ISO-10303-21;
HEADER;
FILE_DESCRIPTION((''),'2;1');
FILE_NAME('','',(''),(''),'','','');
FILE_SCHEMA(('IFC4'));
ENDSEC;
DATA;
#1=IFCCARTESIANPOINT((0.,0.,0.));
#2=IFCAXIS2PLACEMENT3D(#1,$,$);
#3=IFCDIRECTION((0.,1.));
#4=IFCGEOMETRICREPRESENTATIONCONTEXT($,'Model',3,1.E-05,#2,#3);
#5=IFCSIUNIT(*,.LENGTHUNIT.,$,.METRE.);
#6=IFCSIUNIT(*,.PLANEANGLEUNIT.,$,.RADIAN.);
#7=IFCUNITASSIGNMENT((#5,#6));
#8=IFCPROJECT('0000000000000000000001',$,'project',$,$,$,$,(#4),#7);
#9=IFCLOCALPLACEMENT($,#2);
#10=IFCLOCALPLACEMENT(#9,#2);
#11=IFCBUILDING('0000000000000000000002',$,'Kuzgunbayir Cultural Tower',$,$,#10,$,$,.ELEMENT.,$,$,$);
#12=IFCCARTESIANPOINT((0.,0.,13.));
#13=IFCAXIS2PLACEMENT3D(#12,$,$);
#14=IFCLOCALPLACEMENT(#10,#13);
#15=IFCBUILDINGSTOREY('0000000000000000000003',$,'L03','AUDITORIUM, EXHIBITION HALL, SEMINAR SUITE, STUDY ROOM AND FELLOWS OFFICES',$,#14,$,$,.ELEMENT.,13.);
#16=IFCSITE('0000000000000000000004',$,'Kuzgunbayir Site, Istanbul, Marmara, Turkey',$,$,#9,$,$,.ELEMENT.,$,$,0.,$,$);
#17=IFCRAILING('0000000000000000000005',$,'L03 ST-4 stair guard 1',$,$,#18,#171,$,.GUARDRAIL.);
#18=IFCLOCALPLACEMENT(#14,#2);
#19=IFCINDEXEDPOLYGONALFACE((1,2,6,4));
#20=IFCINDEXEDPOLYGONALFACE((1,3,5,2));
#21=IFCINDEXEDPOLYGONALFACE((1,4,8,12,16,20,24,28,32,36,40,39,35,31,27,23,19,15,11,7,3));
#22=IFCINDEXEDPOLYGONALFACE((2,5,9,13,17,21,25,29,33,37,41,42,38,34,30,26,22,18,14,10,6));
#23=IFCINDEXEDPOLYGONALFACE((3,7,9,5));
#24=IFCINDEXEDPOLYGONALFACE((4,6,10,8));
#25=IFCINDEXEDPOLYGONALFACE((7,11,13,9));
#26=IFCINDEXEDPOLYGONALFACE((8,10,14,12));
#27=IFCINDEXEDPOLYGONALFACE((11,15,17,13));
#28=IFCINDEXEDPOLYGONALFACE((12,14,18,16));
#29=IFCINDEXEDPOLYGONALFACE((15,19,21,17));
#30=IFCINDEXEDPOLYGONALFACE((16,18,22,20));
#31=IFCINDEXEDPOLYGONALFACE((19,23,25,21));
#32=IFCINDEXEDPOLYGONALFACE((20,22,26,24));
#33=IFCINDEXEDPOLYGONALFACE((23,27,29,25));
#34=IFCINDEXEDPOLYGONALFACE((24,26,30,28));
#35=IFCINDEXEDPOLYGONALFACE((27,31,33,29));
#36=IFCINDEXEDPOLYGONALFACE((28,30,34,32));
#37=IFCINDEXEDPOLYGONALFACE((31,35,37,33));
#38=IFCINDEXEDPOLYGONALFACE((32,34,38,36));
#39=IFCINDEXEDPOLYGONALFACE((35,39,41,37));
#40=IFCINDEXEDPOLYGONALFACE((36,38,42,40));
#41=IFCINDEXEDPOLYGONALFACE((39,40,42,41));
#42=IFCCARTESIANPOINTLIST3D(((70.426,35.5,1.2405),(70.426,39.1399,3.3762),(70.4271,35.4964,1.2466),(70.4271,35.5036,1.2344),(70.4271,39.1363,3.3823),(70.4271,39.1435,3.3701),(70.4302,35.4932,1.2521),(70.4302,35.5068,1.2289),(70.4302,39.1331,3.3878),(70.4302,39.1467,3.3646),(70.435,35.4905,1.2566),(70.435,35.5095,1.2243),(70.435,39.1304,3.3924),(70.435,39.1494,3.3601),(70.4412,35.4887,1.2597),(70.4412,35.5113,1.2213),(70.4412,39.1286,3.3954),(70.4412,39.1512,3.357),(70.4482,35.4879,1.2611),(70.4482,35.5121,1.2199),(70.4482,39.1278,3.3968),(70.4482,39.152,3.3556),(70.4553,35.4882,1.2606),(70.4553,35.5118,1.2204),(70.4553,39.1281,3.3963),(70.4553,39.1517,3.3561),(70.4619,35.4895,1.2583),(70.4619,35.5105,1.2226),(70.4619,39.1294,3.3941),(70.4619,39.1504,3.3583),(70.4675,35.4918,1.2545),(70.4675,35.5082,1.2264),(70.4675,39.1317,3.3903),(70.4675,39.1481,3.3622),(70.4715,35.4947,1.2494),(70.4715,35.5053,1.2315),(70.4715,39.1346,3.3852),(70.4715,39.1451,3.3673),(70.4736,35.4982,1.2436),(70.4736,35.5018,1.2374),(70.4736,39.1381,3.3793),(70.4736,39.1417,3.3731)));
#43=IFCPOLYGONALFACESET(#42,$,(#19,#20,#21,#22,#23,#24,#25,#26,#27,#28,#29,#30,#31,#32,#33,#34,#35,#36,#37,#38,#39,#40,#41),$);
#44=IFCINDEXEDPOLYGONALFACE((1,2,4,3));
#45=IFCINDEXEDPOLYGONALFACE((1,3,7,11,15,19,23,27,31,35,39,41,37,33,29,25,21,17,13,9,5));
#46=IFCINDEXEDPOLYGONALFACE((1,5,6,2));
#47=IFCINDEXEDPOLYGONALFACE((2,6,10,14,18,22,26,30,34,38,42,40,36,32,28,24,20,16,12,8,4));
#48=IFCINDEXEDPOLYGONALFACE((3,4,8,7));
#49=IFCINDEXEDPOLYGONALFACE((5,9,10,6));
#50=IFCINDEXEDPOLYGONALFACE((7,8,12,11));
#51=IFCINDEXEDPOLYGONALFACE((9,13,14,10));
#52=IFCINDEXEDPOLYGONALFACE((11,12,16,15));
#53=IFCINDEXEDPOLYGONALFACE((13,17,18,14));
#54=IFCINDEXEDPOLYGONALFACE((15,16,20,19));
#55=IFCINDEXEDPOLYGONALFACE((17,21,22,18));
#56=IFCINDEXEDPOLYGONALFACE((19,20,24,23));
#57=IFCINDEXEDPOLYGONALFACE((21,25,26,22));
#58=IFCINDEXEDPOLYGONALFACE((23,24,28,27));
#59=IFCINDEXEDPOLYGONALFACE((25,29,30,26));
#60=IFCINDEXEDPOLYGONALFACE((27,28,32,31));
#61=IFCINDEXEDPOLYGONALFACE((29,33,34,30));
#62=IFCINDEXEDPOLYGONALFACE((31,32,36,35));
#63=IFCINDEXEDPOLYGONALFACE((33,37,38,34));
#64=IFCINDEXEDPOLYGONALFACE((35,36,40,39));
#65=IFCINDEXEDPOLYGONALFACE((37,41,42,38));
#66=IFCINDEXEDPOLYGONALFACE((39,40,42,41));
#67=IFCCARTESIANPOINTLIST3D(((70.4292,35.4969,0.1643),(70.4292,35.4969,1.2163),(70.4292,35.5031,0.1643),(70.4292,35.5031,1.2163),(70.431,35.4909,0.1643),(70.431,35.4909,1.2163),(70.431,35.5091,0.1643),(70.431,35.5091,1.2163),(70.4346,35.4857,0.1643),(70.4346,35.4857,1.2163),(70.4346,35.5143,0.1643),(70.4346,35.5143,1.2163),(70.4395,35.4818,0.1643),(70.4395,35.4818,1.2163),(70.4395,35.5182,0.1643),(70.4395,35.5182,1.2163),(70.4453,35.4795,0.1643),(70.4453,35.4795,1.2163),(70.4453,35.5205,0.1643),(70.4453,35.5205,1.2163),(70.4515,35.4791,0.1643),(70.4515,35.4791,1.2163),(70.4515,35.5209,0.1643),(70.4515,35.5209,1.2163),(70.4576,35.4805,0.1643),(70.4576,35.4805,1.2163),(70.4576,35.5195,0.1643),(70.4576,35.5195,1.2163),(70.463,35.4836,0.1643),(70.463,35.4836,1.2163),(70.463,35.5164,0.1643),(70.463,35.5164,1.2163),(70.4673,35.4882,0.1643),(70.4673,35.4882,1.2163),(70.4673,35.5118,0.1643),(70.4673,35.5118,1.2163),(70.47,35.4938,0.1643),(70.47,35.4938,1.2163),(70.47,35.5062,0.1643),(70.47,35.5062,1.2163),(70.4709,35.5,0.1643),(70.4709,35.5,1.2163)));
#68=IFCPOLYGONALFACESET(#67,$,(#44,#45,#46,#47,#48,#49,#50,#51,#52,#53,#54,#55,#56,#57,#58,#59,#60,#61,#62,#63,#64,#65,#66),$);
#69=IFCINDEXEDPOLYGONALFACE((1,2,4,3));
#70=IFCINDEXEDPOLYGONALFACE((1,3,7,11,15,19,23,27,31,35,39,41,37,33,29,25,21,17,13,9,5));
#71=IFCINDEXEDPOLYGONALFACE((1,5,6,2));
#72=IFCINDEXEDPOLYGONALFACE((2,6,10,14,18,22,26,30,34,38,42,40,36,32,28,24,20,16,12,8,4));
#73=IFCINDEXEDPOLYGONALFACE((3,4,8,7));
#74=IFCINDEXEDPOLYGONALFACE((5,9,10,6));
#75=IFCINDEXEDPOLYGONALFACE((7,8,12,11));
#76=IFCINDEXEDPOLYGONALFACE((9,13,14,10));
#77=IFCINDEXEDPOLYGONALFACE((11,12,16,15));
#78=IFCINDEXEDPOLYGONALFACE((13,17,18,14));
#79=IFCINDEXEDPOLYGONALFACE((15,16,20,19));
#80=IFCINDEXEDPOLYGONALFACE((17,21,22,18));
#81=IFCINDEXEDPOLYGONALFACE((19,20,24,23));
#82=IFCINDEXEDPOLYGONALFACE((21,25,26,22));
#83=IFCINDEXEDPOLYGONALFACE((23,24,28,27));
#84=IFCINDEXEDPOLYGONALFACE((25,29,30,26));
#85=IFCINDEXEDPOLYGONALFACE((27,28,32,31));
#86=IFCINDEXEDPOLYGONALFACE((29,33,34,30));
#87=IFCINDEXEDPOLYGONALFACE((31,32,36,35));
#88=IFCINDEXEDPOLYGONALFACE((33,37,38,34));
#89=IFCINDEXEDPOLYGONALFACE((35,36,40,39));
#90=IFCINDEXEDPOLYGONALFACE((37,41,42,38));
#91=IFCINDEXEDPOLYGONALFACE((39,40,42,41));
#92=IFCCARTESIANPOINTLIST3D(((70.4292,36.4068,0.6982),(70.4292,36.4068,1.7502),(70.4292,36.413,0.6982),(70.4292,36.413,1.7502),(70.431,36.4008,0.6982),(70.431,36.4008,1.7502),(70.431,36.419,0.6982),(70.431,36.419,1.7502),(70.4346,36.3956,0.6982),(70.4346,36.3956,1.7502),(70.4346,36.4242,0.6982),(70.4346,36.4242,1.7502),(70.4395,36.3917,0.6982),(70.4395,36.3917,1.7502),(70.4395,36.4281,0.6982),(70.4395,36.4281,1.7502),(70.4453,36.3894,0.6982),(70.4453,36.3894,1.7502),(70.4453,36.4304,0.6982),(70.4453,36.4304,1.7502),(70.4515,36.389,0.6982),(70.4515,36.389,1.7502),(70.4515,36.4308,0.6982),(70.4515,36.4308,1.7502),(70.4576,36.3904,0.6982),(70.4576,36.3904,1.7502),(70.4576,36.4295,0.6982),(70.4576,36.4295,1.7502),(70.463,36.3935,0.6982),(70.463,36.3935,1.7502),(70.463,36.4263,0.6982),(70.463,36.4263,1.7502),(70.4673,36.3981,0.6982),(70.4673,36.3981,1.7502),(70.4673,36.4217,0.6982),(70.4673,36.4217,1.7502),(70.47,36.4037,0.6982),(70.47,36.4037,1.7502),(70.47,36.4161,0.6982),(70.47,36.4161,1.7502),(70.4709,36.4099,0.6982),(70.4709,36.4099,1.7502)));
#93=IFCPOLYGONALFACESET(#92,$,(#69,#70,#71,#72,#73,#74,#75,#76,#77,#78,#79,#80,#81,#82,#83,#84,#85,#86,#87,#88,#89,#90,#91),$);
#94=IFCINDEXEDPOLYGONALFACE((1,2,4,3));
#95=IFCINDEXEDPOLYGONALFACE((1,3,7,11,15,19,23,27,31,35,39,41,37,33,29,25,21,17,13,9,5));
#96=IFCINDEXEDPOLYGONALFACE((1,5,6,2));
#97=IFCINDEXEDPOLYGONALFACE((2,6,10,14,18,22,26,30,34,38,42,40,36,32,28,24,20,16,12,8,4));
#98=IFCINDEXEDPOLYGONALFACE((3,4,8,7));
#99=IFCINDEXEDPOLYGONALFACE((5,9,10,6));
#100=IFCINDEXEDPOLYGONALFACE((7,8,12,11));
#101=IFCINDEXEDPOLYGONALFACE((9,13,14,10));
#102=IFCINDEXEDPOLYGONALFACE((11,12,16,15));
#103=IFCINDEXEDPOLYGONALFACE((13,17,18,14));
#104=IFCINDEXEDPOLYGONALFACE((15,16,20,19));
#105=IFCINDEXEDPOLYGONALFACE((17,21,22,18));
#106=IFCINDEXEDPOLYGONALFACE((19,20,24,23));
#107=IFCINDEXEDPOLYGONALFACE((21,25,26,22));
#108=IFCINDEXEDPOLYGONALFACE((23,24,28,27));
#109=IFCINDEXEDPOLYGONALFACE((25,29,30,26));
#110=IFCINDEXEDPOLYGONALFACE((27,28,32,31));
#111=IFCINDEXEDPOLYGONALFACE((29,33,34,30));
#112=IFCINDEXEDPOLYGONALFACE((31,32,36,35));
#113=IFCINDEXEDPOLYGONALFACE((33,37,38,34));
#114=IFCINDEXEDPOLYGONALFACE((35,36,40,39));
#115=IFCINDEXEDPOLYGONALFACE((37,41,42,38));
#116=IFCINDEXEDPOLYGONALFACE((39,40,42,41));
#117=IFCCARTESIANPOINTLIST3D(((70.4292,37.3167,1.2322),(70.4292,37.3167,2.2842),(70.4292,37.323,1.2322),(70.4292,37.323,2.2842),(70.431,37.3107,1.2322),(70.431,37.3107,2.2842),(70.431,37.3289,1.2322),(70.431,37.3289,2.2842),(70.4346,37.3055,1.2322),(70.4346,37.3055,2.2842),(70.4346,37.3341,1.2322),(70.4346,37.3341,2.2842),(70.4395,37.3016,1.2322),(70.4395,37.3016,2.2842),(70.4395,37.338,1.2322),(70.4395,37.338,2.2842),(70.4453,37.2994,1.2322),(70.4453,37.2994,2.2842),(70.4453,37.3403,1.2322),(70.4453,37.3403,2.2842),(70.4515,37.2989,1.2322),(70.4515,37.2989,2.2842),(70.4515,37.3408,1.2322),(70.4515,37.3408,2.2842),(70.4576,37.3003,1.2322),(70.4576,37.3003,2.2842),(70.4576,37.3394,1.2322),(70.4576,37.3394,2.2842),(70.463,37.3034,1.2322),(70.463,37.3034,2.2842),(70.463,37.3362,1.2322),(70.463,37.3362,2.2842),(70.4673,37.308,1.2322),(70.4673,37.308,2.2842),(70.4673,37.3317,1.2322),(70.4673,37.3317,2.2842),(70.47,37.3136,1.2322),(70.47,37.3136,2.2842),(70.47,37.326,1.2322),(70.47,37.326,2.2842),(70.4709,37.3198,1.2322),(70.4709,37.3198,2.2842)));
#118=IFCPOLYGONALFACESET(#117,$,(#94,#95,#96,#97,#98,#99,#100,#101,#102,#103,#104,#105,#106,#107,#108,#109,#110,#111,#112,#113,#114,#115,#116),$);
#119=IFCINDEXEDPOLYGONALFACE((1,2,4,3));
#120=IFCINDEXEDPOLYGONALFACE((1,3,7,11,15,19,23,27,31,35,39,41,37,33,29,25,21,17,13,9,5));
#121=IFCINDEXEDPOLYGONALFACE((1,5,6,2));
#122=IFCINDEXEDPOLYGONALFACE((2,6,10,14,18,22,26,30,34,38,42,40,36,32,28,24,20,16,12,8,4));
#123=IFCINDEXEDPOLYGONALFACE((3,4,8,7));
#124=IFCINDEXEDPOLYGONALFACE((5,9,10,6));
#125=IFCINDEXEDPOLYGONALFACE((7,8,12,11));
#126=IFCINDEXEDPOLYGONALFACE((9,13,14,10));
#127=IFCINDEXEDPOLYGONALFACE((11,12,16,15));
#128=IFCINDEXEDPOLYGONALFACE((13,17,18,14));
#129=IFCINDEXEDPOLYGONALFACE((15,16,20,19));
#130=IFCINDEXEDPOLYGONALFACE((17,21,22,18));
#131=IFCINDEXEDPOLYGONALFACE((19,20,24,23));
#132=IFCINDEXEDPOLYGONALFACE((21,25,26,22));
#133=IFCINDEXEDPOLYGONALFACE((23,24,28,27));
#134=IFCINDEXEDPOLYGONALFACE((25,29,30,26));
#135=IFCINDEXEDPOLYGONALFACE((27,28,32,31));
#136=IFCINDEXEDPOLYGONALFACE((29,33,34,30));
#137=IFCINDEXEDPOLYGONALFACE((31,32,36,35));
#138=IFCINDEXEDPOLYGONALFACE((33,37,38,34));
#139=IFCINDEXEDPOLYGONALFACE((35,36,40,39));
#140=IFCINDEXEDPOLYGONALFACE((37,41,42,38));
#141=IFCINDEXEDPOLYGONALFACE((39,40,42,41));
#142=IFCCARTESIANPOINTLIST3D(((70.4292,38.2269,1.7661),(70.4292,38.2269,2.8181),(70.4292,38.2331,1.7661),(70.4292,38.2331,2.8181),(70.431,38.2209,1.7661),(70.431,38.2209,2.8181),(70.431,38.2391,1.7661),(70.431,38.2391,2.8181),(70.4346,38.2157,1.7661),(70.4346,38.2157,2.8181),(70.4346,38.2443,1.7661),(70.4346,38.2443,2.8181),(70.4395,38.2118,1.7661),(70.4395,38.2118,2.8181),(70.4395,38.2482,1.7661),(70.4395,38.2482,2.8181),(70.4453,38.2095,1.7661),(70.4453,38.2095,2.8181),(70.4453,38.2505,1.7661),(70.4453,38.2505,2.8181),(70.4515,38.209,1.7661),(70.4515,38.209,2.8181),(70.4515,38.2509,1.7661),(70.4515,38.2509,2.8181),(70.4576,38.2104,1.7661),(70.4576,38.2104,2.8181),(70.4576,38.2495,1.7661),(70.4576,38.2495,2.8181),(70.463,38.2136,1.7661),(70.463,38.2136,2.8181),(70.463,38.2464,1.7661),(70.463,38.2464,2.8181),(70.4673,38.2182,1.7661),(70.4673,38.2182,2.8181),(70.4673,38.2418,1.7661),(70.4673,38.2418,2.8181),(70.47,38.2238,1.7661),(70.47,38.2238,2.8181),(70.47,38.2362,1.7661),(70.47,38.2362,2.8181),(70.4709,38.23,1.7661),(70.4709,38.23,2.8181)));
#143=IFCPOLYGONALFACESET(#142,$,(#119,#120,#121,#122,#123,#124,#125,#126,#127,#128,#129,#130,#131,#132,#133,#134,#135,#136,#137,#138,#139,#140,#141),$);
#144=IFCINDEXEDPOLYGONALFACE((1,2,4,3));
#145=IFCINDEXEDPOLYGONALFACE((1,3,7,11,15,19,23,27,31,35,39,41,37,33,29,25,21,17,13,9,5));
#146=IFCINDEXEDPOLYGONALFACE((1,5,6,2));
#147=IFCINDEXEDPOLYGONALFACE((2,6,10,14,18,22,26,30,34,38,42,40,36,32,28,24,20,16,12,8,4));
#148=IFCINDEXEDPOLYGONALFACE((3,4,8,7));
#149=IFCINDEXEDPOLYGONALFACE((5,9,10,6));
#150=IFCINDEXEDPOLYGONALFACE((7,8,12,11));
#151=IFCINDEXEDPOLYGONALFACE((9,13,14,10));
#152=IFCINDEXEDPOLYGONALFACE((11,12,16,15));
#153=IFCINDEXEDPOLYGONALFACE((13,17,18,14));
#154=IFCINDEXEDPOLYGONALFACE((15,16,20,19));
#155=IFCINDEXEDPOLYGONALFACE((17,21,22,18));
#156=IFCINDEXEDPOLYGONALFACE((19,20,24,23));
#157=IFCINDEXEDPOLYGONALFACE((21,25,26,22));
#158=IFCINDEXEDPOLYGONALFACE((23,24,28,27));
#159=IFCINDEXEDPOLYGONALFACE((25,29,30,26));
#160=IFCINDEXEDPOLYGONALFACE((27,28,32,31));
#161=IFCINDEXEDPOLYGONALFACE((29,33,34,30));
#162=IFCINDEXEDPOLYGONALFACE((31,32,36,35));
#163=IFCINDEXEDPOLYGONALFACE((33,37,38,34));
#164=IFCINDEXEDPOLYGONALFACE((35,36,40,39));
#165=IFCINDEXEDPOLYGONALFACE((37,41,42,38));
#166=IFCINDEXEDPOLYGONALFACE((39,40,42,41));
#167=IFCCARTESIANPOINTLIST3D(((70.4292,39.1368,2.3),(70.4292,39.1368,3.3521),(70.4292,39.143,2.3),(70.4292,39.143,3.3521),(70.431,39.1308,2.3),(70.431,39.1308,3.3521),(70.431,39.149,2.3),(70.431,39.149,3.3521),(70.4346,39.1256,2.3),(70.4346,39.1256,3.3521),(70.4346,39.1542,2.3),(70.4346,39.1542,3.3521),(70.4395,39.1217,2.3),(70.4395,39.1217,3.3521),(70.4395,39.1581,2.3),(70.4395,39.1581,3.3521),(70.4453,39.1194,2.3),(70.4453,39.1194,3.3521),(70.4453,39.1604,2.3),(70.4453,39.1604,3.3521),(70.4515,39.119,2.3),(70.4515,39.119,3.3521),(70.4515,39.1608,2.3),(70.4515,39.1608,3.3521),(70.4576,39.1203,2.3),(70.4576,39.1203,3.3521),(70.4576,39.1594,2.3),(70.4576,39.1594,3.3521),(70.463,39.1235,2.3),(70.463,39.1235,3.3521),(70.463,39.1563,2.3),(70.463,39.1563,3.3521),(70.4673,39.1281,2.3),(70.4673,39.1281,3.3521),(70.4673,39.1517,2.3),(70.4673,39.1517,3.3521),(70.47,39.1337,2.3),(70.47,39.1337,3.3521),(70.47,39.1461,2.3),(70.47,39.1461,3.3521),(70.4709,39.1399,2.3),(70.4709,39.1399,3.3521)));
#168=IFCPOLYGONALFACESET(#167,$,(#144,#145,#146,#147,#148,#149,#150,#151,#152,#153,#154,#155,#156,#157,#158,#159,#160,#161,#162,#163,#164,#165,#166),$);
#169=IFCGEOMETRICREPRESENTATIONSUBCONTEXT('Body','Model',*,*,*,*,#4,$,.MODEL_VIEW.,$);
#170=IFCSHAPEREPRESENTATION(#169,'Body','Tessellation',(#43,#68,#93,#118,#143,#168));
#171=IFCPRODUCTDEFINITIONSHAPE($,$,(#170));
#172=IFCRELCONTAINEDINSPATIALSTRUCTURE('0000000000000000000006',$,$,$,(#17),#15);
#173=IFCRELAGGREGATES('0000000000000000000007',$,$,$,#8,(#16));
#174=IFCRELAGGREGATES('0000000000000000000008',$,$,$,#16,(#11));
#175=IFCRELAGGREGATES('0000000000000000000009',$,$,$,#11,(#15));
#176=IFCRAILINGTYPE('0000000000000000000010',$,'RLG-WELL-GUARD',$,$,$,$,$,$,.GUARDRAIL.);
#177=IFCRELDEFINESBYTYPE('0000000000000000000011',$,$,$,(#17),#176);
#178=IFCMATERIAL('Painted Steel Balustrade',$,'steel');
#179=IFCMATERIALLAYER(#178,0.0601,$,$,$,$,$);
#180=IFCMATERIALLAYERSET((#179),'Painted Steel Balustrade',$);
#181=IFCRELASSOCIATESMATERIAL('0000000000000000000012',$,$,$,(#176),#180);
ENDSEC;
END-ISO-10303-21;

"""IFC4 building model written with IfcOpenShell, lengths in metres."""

from ifc_helpers import new_model, si_unit, direction, frame, origin, origin_2d, place, context, subcontext, project, spatial, circle, extrude, material, layer, layer_set, type_object, element, save


model = new_model("IFC4")

# Units and contexts
model_context = context("Model", 3, precision=1e-05, world=origin(), true_north=direction((0.0, 1.0)))
body_context = subcontext(model_context, "Body", "Model", "MODEL_VIEW")
ifc_project = project(units=[si_unit("LENGTHUNIT", "METRE"), si_unit("PLANEANGLEUNIT", "RADIAN")], contexts=[model_context])

# Site, building, storey
site_placement = place(None, origin())
site = spatial("IfcSite", under=ifc_project, at=site_placement, Name="Kuzgunbayir Site, Istanbul, Marmara, Turkey", CompositionType="ELEMENT", RefElevation=0.0)
building_placement = place(site_placement, origin())
building = spatial("IfcBuilding", under=site, at=building_placement, Name="Kuzgunbayir Cultural Tower", CompositionType="ELEMENT")
storey_placement = place(building_placement, frame((0.0, 0.0, 13.0)))
storey = spatial("IfcBuildingStorey", under=building, at=storey_placement, Name="L03", Description="AUDITORIUM, EXHIBITION HALL, SEMINAR SUITE, STUDY ROOM AND FELLOWS OFFICES", CompositionType="ELEMENT", Elevation=13.0)

# Railing
ifc_material_1 = material(Name="Painted Steel Balustrade", Category="steel")
ifc_layer_1 = layer(ifc_material_1, 0.0601)
ifc_layer_set_1 = layer_set([ifc_layer_1], Name="Painted Steel Balustrade")
railing_type_1 = type_object("IfcRailingType", Name="RLG-WELL-GUARD", PredefinedType="GUARDRAIL", material=ifc_layer_set_1)
railing_1_placement = place(storey_placement, frame((70.45, 35.5, 0.1643)))
element("IfcRailing", 1, at=railing_1_placement, inside=storey, type_object=railing_type_1, Name="L03 ST-4 stair guard 1", PredefinedType="GUARDRAIL", context=body_context, shape_type="SweptSolid", body=[
    extrude(circle(Radius=0.0239, at=origin_2d()), frame((0.0, 0.0, 1.0762), z_axis=(0.0, 0.86249, 0.506074), x_axis=(-1.0, 0.0, 0.0)), (0.0, 0.0, 1.0), 4.2202),
    extrude(circle(Radius=0.021, at=origin_2d()), origin(), (0.0, 0.0, 1.0), 1.052),
    extrude(circle(Radius=0.021, at=origin_2d()), frame((0.0, 0.9099, 0.5339)), (0.0, 0.0, 1.0), 1.052),
    extrude(circle(Radius=0.021, at=origin_2d()), frame((0.0, 1.8198, 1.0679)), (0.0, 0.0, 1.0), 1.052),
    extrude(circle(Radius=0.021, at=origin_2d()), frame((0.0, 2.73, 1.6018)), (0.0, 0.0, 1.0), 1.052),
    extrude(circle(Radius=0.021, at=origin_2d()), frame((0.0, 3.6399, 2.1357)), (0.0, 0.0, 1.0), 1.052),
])

save(model, "model.ifc")
